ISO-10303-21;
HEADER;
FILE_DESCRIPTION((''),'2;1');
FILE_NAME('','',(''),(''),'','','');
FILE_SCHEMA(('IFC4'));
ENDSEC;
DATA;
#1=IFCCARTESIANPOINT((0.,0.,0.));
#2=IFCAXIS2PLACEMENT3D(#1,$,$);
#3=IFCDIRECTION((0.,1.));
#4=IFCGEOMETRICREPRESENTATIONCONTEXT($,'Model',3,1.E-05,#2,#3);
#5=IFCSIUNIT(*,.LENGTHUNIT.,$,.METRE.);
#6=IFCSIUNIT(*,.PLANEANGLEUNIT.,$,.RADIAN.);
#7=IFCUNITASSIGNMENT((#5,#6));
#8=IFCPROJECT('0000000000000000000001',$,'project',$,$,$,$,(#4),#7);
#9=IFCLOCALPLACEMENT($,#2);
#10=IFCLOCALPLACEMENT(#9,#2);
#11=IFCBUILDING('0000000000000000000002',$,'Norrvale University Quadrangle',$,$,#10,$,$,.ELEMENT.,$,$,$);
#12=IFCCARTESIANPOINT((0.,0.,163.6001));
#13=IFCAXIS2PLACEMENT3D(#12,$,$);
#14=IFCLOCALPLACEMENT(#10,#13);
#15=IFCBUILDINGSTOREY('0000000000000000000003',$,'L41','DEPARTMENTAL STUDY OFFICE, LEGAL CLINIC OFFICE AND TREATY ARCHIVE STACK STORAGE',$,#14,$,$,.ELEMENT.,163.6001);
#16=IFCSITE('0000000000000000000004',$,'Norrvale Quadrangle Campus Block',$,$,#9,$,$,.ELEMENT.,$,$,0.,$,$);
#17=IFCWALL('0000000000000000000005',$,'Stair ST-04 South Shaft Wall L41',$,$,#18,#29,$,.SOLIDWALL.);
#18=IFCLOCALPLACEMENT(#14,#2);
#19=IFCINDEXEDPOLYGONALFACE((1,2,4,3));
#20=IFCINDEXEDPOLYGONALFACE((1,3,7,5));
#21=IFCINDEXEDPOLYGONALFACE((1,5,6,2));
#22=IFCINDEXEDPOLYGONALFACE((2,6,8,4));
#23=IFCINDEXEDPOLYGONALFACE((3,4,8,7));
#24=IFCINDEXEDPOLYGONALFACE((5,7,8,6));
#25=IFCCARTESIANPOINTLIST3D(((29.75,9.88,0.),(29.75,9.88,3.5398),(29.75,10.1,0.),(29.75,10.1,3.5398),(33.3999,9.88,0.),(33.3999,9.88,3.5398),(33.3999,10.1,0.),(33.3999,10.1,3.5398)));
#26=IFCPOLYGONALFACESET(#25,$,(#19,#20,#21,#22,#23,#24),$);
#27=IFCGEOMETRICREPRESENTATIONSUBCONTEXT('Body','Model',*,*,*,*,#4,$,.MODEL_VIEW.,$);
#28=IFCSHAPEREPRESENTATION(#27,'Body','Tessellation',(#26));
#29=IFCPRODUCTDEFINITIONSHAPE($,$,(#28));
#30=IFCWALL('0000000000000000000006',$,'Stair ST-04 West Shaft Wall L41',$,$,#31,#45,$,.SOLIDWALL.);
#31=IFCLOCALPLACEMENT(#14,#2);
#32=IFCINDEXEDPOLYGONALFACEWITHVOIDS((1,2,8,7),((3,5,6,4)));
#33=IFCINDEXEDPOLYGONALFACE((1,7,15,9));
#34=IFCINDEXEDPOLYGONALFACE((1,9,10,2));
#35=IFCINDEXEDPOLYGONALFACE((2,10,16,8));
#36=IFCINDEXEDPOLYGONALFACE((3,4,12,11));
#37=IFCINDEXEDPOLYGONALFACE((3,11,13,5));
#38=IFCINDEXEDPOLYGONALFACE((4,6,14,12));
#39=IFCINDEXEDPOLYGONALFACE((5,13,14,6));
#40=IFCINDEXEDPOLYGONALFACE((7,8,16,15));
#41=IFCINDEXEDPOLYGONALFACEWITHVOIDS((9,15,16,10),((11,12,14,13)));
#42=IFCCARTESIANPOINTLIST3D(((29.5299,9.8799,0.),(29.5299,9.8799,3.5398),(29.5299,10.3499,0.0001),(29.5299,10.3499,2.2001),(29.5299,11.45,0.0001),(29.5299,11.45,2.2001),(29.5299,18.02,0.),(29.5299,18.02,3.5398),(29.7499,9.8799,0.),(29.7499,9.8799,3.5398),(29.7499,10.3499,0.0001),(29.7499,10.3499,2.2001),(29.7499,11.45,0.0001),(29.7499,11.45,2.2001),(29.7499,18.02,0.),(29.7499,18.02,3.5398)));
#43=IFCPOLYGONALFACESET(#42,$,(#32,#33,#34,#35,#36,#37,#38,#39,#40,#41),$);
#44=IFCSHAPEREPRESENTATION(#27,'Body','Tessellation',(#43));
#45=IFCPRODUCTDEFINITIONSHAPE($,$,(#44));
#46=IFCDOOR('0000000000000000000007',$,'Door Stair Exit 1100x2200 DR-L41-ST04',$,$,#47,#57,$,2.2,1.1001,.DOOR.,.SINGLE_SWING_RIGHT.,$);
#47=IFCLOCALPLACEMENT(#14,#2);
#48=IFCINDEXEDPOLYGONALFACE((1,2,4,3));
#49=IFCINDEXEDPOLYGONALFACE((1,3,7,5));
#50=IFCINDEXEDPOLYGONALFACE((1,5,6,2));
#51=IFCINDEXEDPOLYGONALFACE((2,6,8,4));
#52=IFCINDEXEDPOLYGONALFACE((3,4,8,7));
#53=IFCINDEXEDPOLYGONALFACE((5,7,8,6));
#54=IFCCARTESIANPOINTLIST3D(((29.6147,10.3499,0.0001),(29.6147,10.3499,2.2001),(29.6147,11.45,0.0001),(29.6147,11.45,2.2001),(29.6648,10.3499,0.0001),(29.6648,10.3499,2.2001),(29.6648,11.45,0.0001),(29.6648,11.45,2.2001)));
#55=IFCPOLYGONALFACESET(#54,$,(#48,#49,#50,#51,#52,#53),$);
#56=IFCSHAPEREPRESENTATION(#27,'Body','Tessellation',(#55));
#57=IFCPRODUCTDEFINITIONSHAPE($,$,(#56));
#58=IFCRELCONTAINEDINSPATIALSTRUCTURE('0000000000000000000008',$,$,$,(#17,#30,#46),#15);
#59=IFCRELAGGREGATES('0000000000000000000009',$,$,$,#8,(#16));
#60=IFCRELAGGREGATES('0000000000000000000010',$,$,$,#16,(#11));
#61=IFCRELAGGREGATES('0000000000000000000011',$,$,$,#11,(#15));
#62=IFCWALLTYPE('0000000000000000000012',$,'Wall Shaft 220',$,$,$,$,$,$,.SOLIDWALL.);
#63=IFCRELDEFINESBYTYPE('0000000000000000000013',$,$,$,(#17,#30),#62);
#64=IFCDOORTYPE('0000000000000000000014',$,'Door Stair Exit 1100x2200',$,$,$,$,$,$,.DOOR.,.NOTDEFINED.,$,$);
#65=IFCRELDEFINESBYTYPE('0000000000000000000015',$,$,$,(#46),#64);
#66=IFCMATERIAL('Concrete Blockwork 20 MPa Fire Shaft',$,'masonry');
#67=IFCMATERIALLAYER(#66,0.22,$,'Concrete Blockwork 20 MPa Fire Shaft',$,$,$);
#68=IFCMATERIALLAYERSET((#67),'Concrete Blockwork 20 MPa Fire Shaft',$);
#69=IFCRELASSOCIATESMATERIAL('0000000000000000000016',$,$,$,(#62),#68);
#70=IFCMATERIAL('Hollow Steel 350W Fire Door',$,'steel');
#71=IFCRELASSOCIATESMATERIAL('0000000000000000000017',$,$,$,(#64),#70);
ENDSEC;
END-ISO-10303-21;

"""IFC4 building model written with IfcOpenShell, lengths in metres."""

from ifc_helpers import new_model, si_unit, direction, frame, frame_2d, origin, place, context, subcontext, project, spatial, rectangle, extrude, material, layer, layer_set, type_object, element, fill, save


model = new_model("IFC4")

# Units and contexts
model_context = context("Model", 3, precision=1e-05, world=origin(), true_north=direction((0.0, 1.0)))
body_context = subcontext(model_context, "Body", "Model", "MODEL_VIEW")
ifc_project = project(units=[si_unit("LENGTHUNIT", "METRE"), si_unit("PLANEANGLEUNIT", "RADIAN")], contexts=[model_context])

# Site, building, storey
site_placement = place(None, origin())
site = spatial("IfcSite", under=ifc_project, at=site_placement, Name="Norrvale Quadrangle Campus Block", CompositionType="ELEMENT", RefElevation=0.0)
building_placement = place(site_placement, origin())
building = spatial("IfcBuilding", under=site, at=building_placement, Name="Norrvale University Quadrangle", CompositionType="ELEMENT")
storey_placement = place(building_placement, frame((0.0, 0.0, 163.6001)))
storey = spatial("IfcBuildingStorey", under=building, at=storey_placement, Name="L41", Description="DEPARTMENTAL STUDY OFFICE, LEGAL CLINIC OFFICE AND TREATY ARCHIVE STACK STORAGE", CompositionType="ELEMENT", Elevation=163.6001)

# Wall
ifc_material_1 = material(Name="Concrete Blockwork 20 MPa Fire Shaft", Category="masonry")
ifc_layer_1 = layer(ifc_material_1, 0.22, Name="Concrete Blockwork 20 MPa Fire Shaft")
ifc_layer_set_1 = layer_set([ifc_layer_1], Name="Concrete Blockwork 20 MPa Fire Shaft")
wall_type_1 = type_object("IfcWallType", Name="Wall Shaft 220", PredefinedType="SOLIDWALL", material=ifc_layer_set_1)
wall_1_placement = place(storey_placement, frame((29.75, 9.99, 0.0), z_axis=(0.0, 0.0, 1.0), x_axis=(1.0, 0.0, 0.0)))
element("IfcWall", 1, at=wall_1_placement, inside=storey, type_object=wall_type_1, Name="Stair ST-04 South Shaft Wall L41", PredefinedType="SOLIDWALL", context=body_context, shape_type="SweptSolid", body=[
    extrude(rectangle(XDim=3.6499, YDim=0.22, at=frame_2d((1.825, 0.0))), origin(), (0.0, 0.0, 1.0), 3.5398),
])

# Wall, opening, door
wall_2_placement = place(storey_placement, frame((29.6399, 9.8799, 0.0), z_axis=(0.0, 0.0, 1.0), x_axis=(0.0, 1.0, 0.0)))
wall_2 = element("IfcWall", 2, at=wall_2_placement, inside=storey, type_object=wall_type_1, Name="Stair ST-04 West Shaft Wall L41", PredefinedType="SOLIDWALL", context=body_context, shape_type="SweptSolid", body=[
    extrude(rectangle(XDim=8.1401, YDim=0.22, at=frame_2d((4.0701, 0.0))), origin(), (0.0, 0.0, 1.0), 3.5398),
])
opening_placement = place(wall_2_placement, frame((0.47, 0.0, 0.0)))
opening = element("IfcOpeningElement", 3, at=opening_placement, cuts=wall_2, PredefinedType="OPENING", context=body_context, shape_type="SweptSolid", body=[
    extrude(rectangle(XDim=1.1001, YDim=2.2, at=frame_2d((0.55, 1.1001))), frame((0.0, 0.1221, 0.0), z_axis=(0.0, -1.0, 0.0), x_axis=(1.0, 0.0, 0.0)), (0.0, 0.0, 1.0), 0.2439),
])
ifc_material_2 = material(Name="Hollow Steel 350W Fire Door", Category="steel")
door_type = type_object("IfcDoorType", Name="Door Stair Exit 1100x2200", OperationType="NOTDEFINED", PredefinedType="DOOR", material=ifc_material_2)
door_placement = place(opening_placement, frame((1.1001, 0.0, 0.0), z_axis=(0.0, 0.0, 1.0), x_axis=(-1.0, 0.0, 0.0)))
door = element("IfcDoor", 4, at=door_placement, inside=storey, type_object=door_type, Name="Door Stair Exit 1100x2200 DR-L41-ST04", OperationType="SINGLE_SWING_RIGHT", OverallHeight=2.2, OverallWidth=1.1001, PredefinedType="DOOR", context=body_context, shape_type="SweptSolid", body=[
    extrude(rectangle(XDim=1.1001, YDim=2.2, at=frame_2d((0.55, 1.1001))), frame((0.0, 0.0249, 0.0), z_axis=(0.0, -1.0, 0.0), x_axis=(1.0, 0.0, 0.0)), (0.0, 0.0, 1.0), 0.05),
])
fill(opening, door)

save(model, "model.ifc")
